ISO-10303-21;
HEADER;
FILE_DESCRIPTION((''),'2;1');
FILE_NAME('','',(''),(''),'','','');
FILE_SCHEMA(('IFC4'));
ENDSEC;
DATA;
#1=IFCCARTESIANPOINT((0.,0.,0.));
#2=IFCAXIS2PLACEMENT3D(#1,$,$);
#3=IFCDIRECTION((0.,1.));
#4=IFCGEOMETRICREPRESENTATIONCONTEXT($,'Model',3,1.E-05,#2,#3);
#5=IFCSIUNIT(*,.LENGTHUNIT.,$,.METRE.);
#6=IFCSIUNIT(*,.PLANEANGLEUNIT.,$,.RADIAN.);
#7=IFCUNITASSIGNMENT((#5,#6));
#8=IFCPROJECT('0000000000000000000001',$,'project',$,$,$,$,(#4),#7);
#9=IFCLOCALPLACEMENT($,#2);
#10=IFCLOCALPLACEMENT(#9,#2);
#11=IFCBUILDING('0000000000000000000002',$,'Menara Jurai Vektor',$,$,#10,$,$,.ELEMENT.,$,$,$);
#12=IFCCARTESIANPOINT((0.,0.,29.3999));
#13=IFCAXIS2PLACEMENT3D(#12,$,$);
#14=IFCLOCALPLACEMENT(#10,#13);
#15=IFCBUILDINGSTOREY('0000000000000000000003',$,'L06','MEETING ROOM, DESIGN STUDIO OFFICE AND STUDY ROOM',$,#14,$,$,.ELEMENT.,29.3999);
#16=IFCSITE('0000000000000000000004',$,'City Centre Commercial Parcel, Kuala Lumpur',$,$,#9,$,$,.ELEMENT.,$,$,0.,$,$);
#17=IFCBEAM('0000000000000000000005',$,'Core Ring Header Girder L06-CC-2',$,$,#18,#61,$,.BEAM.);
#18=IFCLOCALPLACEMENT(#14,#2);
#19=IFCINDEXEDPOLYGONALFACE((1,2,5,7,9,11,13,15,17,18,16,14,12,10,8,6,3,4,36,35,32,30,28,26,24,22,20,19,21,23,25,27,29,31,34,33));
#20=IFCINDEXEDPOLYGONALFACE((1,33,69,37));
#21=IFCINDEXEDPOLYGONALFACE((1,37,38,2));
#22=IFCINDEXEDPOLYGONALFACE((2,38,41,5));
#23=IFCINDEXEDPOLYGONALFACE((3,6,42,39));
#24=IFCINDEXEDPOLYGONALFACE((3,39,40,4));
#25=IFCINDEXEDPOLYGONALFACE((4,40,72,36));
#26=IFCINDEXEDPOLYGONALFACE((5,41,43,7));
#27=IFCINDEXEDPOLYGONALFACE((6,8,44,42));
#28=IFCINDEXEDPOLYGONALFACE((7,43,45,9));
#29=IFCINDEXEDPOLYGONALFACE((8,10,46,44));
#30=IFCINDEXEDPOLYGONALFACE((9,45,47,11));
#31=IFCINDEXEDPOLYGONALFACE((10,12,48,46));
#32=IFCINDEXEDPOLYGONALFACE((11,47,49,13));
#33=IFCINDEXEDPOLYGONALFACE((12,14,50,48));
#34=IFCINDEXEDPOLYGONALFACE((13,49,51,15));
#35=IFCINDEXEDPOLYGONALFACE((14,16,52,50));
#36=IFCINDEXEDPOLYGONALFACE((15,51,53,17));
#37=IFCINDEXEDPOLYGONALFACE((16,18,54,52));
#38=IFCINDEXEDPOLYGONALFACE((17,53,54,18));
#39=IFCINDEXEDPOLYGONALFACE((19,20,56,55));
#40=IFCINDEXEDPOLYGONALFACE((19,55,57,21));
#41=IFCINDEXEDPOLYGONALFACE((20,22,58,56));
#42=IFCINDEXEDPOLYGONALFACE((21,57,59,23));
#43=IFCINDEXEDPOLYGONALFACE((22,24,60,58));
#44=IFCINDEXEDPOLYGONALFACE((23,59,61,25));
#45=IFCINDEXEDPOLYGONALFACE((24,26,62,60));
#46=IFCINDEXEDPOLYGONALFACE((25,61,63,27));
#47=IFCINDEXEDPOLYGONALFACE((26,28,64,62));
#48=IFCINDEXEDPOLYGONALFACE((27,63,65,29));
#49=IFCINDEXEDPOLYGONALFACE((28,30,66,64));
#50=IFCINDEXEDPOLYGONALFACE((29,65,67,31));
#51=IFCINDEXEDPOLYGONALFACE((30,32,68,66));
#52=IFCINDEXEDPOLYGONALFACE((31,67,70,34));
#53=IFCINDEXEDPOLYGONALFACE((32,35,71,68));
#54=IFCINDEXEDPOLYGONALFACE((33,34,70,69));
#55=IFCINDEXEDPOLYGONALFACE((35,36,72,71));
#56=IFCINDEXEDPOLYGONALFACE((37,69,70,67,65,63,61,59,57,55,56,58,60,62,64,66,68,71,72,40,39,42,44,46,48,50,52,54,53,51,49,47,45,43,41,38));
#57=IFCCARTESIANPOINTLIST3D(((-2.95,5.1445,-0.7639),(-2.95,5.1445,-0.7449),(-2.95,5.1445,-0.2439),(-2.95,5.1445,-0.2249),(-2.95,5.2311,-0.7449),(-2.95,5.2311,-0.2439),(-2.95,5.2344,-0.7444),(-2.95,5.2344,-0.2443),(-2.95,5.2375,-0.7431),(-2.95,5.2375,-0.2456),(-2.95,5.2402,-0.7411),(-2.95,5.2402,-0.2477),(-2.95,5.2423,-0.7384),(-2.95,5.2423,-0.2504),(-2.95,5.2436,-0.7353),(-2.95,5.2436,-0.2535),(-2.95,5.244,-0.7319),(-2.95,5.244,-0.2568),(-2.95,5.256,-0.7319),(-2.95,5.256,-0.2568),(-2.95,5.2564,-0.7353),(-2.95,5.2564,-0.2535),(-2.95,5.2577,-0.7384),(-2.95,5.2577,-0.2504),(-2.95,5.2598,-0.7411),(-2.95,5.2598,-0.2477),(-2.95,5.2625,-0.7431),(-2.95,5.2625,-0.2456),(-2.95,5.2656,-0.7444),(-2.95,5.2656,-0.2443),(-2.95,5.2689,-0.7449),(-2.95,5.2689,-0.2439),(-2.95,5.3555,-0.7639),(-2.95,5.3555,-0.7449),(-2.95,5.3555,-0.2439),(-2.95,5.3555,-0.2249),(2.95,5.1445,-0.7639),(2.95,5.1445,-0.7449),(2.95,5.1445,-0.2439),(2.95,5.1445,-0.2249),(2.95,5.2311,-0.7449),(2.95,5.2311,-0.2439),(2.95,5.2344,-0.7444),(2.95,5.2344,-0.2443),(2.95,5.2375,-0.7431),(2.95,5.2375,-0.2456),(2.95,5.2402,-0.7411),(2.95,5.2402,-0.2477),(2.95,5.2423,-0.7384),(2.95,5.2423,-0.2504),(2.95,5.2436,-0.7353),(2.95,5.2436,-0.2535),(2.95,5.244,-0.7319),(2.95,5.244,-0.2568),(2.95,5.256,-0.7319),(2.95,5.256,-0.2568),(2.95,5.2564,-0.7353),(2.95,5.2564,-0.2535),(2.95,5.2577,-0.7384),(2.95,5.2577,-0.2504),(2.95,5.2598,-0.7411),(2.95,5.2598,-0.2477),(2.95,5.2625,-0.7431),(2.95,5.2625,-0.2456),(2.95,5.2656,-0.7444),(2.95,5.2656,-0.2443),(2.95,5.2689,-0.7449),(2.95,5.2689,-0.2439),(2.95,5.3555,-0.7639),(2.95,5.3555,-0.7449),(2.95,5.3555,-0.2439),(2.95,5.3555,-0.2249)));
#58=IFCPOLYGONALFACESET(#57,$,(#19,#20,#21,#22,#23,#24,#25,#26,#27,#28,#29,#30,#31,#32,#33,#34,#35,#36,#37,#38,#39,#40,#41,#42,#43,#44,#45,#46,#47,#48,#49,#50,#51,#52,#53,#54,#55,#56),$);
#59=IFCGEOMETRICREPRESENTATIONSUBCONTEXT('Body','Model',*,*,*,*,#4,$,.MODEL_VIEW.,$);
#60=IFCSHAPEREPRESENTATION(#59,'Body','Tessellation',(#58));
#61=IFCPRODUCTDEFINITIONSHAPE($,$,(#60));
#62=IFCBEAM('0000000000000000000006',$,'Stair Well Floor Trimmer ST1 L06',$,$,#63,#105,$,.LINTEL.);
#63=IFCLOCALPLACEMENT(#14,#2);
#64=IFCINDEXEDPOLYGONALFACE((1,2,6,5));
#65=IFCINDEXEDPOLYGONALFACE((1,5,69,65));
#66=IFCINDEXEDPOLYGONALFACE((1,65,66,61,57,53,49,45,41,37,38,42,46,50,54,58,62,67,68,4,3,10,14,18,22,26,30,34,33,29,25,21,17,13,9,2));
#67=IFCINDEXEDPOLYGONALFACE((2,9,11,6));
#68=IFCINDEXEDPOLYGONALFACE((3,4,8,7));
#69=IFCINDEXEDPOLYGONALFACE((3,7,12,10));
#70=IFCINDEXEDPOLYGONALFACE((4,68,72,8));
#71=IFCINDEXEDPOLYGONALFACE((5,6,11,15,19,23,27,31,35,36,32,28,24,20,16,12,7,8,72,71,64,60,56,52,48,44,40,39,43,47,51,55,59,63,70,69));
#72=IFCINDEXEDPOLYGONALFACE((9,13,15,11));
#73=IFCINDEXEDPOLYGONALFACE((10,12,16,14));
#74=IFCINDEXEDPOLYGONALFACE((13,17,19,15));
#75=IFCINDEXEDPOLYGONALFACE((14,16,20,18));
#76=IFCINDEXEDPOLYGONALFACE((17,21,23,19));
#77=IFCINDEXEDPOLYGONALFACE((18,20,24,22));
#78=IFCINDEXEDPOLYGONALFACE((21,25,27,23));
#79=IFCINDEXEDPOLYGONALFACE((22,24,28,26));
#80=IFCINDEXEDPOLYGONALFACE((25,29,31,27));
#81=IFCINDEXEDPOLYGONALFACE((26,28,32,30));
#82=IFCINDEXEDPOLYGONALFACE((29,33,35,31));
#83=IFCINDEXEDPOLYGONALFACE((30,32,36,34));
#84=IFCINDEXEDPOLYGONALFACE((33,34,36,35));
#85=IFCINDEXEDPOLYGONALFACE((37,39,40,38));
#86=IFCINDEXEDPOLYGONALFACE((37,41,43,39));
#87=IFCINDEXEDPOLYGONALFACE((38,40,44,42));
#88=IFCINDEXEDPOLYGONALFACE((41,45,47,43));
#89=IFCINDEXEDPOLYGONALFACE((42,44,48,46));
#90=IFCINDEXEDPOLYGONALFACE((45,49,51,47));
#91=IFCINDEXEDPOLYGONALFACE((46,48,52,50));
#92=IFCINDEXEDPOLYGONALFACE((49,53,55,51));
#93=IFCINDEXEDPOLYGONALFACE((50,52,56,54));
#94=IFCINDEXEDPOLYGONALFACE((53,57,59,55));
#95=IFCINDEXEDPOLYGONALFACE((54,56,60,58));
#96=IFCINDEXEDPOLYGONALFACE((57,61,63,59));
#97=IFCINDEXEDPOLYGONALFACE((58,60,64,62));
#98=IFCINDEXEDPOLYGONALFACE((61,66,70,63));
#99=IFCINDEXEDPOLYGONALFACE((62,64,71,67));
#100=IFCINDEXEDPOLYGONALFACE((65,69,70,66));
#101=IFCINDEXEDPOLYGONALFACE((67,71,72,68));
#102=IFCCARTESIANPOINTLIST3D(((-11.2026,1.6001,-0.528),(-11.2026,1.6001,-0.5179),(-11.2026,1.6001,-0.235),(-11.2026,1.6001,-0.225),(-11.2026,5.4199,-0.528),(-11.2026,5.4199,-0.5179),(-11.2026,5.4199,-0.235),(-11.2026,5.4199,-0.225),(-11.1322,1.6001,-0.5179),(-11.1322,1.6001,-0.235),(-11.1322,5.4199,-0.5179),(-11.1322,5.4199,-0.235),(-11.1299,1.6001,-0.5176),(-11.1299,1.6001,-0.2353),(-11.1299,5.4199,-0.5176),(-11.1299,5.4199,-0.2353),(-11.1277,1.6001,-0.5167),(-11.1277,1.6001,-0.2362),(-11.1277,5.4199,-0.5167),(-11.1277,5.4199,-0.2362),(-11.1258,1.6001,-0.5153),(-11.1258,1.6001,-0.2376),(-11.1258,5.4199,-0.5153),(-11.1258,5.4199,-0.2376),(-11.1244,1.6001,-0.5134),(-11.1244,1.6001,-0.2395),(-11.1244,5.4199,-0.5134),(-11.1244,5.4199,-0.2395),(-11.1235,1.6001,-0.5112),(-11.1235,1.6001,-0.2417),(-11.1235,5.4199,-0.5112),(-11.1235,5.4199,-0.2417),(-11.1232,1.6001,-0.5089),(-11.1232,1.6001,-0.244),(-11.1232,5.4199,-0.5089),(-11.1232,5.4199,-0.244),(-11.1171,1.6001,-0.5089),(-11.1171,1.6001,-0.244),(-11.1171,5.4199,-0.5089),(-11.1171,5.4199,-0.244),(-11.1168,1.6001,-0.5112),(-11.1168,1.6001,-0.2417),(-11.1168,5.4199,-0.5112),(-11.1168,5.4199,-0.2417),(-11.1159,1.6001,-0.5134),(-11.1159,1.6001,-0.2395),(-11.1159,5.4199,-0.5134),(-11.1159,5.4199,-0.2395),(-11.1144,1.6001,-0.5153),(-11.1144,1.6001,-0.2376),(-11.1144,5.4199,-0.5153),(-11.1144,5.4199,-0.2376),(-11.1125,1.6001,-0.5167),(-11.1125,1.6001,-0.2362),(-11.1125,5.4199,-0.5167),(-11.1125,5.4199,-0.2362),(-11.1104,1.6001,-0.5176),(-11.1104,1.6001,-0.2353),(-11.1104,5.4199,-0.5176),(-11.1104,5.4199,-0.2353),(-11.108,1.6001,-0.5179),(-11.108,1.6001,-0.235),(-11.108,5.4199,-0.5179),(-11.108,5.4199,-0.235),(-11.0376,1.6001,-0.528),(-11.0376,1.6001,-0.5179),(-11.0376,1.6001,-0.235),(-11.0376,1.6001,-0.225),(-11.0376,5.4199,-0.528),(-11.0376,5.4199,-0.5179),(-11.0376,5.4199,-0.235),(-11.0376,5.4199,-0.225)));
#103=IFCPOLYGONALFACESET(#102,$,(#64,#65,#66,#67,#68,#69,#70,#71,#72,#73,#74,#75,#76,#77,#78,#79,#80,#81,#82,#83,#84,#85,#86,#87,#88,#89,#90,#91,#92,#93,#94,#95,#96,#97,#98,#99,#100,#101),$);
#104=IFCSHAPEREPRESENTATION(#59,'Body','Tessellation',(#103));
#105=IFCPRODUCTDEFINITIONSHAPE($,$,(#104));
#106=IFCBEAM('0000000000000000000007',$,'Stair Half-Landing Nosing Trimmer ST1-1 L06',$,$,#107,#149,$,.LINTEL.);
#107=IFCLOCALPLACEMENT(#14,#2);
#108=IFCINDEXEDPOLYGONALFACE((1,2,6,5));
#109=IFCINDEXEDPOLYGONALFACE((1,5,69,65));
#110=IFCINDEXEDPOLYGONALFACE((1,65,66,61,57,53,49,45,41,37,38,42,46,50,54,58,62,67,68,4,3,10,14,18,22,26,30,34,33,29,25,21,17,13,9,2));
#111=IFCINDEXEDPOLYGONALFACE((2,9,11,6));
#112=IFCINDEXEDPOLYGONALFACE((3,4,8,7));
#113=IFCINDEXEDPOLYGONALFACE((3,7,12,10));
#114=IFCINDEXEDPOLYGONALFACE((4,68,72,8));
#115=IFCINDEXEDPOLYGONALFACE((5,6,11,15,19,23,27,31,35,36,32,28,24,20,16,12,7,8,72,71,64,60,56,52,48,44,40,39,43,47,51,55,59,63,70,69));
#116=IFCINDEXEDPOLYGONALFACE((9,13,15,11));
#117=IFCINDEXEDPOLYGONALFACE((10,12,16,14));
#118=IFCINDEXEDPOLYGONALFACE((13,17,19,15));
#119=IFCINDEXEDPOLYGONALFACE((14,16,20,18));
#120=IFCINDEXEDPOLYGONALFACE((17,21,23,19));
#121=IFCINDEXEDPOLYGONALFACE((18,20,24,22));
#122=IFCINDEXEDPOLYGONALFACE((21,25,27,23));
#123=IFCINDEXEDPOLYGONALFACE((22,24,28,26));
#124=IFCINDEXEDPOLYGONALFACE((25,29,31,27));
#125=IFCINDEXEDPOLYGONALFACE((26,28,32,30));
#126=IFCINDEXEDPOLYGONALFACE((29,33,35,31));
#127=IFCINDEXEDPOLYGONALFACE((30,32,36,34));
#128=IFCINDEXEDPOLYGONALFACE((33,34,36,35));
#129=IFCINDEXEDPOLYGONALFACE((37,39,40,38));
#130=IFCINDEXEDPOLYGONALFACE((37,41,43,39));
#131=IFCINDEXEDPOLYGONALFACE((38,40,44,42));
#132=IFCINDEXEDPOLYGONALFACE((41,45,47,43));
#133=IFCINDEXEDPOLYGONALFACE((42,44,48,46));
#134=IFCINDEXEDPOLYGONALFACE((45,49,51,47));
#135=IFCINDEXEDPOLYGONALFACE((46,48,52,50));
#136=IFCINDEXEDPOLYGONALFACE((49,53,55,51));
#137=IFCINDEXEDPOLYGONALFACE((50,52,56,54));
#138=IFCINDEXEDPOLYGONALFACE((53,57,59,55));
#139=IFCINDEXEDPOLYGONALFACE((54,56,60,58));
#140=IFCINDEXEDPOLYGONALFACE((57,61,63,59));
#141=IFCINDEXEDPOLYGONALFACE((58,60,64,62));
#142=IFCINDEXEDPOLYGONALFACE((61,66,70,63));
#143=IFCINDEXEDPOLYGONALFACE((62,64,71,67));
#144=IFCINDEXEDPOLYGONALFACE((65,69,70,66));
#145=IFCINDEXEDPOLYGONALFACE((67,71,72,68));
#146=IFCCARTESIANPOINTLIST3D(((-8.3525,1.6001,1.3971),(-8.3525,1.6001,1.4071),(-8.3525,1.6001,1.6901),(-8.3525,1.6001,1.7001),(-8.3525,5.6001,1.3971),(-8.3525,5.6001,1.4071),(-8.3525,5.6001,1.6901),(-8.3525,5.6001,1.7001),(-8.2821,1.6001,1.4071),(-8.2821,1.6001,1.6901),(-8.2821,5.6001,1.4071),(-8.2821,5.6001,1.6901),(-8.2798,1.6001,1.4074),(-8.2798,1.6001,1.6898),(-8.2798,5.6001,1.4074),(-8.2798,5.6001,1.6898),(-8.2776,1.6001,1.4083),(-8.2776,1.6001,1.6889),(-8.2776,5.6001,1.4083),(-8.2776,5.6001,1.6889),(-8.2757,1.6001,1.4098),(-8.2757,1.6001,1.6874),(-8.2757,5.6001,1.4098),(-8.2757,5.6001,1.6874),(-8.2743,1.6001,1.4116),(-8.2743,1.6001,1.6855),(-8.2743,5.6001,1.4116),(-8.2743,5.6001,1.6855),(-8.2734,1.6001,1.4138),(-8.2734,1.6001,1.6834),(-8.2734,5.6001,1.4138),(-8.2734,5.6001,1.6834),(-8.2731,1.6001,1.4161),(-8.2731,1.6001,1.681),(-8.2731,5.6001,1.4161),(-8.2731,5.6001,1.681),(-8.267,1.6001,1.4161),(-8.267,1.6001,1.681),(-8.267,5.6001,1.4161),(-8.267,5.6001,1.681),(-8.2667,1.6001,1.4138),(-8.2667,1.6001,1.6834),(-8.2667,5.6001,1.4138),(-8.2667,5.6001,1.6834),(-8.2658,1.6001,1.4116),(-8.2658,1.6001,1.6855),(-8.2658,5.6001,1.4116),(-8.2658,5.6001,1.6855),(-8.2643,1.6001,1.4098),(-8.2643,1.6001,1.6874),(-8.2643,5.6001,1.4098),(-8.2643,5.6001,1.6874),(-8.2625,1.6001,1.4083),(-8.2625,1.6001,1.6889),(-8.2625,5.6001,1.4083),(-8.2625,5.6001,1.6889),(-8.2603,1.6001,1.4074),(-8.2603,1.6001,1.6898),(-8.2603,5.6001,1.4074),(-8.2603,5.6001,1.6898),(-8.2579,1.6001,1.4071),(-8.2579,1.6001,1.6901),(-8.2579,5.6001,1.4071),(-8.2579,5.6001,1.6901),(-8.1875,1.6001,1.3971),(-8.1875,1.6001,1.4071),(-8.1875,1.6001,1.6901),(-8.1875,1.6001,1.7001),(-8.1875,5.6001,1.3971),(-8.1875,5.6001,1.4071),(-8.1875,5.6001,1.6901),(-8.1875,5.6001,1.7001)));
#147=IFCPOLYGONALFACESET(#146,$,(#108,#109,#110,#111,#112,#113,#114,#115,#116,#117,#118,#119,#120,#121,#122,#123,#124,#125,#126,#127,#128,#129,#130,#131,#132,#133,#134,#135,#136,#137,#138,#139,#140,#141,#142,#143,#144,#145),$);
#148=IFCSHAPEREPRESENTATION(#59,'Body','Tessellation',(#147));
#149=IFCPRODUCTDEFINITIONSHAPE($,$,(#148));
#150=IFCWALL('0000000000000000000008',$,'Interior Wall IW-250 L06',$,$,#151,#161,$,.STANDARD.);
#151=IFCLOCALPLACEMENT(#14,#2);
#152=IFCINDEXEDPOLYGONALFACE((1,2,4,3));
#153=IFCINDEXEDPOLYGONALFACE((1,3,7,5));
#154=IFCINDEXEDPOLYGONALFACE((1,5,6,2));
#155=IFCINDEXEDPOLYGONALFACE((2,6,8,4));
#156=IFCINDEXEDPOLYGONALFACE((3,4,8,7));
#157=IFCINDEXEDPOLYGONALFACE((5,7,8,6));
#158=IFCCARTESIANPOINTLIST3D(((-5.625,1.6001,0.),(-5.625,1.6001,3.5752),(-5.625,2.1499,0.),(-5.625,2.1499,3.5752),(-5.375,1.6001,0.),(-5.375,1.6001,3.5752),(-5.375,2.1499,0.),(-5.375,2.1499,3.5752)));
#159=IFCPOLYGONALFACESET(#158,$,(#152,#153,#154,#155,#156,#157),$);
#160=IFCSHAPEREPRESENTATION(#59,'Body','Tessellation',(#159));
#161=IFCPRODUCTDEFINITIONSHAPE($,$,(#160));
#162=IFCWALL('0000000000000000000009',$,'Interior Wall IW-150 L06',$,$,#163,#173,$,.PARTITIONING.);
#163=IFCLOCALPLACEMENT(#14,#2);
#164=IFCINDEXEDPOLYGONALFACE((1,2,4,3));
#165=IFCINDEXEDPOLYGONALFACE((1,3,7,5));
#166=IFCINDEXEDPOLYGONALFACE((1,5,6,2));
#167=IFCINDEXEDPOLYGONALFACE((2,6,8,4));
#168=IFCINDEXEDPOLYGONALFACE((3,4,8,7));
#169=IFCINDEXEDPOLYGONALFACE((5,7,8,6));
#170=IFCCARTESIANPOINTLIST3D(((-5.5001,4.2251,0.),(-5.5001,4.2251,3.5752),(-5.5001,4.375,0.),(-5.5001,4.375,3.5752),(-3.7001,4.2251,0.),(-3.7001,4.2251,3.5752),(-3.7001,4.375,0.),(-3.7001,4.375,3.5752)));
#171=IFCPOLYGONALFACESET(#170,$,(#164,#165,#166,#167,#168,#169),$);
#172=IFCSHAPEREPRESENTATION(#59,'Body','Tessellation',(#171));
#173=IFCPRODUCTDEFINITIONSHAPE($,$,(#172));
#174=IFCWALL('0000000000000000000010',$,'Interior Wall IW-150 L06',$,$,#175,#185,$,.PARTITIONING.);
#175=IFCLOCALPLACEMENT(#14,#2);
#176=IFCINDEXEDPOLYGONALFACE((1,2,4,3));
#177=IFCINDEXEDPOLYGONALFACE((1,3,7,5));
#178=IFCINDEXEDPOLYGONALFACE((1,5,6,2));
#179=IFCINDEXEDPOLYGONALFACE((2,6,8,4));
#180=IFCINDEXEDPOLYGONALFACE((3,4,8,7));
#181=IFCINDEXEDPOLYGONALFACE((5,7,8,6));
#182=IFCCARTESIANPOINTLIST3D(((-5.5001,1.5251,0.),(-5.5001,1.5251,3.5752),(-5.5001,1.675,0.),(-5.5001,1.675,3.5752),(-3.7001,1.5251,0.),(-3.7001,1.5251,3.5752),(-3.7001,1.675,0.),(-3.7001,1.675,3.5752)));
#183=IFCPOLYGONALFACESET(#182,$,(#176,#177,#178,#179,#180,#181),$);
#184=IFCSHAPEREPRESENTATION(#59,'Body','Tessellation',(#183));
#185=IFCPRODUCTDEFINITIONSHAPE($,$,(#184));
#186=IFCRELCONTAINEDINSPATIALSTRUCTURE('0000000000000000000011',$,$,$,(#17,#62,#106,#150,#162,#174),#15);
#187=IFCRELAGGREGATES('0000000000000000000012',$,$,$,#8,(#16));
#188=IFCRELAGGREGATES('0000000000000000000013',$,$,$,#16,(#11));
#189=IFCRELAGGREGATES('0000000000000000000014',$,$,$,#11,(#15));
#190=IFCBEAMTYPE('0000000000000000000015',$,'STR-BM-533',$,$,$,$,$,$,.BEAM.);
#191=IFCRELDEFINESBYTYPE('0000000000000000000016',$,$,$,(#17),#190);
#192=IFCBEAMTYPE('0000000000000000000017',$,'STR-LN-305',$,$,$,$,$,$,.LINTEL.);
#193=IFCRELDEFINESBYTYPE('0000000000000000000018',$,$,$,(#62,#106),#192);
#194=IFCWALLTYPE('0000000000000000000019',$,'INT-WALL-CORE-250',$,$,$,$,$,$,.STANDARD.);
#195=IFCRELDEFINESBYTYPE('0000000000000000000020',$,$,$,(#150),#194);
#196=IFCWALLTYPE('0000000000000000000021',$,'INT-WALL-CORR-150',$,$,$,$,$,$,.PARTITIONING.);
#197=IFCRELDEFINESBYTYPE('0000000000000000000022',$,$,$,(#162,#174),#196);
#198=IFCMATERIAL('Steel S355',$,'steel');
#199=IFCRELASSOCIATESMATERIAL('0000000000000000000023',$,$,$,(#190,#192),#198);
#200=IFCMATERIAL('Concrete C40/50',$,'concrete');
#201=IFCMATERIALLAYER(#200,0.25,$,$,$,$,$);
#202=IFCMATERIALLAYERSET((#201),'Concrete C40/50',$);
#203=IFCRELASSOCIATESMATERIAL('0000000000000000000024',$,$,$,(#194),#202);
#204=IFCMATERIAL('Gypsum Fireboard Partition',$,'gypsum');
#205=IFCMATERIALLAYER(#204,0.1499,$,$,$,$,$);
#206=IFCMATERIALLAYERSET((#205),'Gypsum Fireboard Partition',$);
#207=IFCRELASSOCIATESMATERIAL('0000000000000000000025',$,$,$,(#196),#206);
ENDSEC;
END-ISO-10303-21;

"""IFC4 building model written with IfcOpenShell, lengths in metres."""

from ifc_helpers import new_model, si_unit, direction, frame, frame_2d, origin, origin_2d, place, context, subcontext, project, spatial, rectangle, i_section, extrude, material, layer, layer_set, material_profile, profile_set, type_object, element, save


model = new_model("IFC4")

# Units and contexts
model_context = context("Model", 3, precision=1e-05, world=origin(), true_north=direction((0.0, 1.0)))
body_context = subcontext(model_context, "Body", "Model", "MODEL_VIEW")
ifc_project = project(units=[si_unit("LENGTHUNIT", "METRE"), si_unit("PLANEANGLEUNIT", "RADIAN")], contexts=[model_context])

# Site, building, storey
site_placement = place(None, origin())
site = spatial("IfcSite", under=ifc_project, at=site_placement, Name="City Centre Commercial Parcel, Kuala Lumpur", CompositionType="ELEMENT", RefElevation=0.0)
building_placement = place(site_placement, origin())
building = spatial("IfcBuilding", under=site, at=building_placement, Name="Menara Jurai Vektor", CompositionType="ELEMENT")
storey_placement = place(building_placement, frame((0.0, 0.0, 29.3999)))
storey = spatial("IfcBuildingStorey", under=building, at=storey_placement, Name="L06", Description="MEETING ROOM, DESIGN STUDIO OFFICE AND STUDY ROOM", CompositionType="ELEMENT", Elevation=29.3999)

# Shared definitions
ifc_material_1 = material(Name="Steel S355", Category="steel")

# Beams
ifc_material_profile_1 = material_profile(ifc_material_1, i_section(OverallWidth=0.2109, OverallDepth=0.5391, WebThickness=0.012, FlangeThickness=0.019, FilletRadius=0.0129, at=origin_2d()), Name="UKB 533x210x109")
ifc_profile_set_1 = profile_set([ifc_material_profile_1], Name="Steel S355")
beam_type_1 = type_object("IfcBeamType", Name="STR-BM-533", PredefinedType="BEAM", material=ifc_profile_set_1)
beam_1_placement = place(storey_placement, frame((-2.95, 5.25, -0.4944), z_axis=(1.0, 0.0, 0.0), x_axis=(0.0, 1.0, 0.0)))
element("IfcBeam", 1, at=beam_1_placement, inside=storey, type_object=beam_type_1, Name="Core Ring Header Girder L06-CC-2", PredefinedType="BEAM", context=body_context, shape_type="SweptSolid", body=[
    extrude(i_section(OverallWidth=0.2109, OverallDepth=0.5391, WebThickness=0.012, FlangeThickness=0.019, FilletRadius=0.0129, at=origin_2d()), origin(), (0.0, 0.0, 1.0), 5.8999),
])
ifc_material_profile_2 = material_profile(ifc_material_1, i_section(OverallWidth=0.165, OverallDepth=0.303, WebThickness=0.0061, FlangeThickness=0.01, FilletRadius=0.009, at=origin_2d()), Name="UKB 305x165x40")
ifc_profile_set_2 = profile_set([ifc_material_profile_2], Name="Steel S355")
beam_type_2 = type_object("IfcBeamType", Name="STR-LN-305", PredefinedType="LINTEL", material=ifc_profile_set_2)
beam_2_placement = place(storey_placement, frame((-11.1201, 1.6001, -0.3765), z_axis=(0.0, 1.0, 0.0), x_axis=(-1.0, 0.0, 0.0)))
element("IfcBeam", 2, at=beam_2_placement, inside=storey, type_object=beam_type_2, Name="Stair Well Floor Trimmer ST1 L06", PredefinedType="LINTEL", context=body_context, shape_type="SweptSolid", body=[
    extrude(i_section(OverallWidth=0.165, OverallDepth=0.303, WebThickness=0.0061, FlangeThickness=0.01, FilletRadius=0.009, at=origin_2d()), origin(), (0.0, 0.0, 1.0), 3.8198),
])
beam_3_placement = place(storey_placement, frame((-8.27, 1.6001, 1.5486), z_axis=(0.0, 1.0, 0.0), x_axis=(-1.0, 0.0, 0.0)))
element("IfcBeam", 3, at=beam_3_placement, inside=storey, type_object=beam_type_2, Name="Stair Half-Landing Nosing Trimmer ST1-1 L06", PredefinedType="LINTEL", context=body_context, shape_type="SweptSolid", body=[
    extrude(i_section(OverallWidth=0.165, OverallDepth=0.303, WebThickness=0.0061, FlangeThickness=0.01, FilletRadius=0.009, at=origin_2d()), origin(), (0.0, 0.0, 1.0), 4.0),
])

# Shared definitions
ifc_material_2 = material(Name="Concrete C40/50", Category="concrete")
ifc_layer_1 = layer(ifc_material_2, 0.25)
ifc_layer_set_1 = layer_set([ifc_layer_1], Name="Concrete C40/50")
wall_type_1 = type_object("IfcWallType", Name="INT-WALL-CORE-250", PredefinedType="STANDARD", material=ifc_layer_set_1)

# Walls
wall_1_placement = place(storey_placement, frame((-5.5, 1.6001, 0.0), z_axis=(0.0, 0.0, 1.0), x_axis=(0.0, 1.0, 0.0)))
element("IfcWall", 4, at=wall_1_placement, inside=storey, type_object=wall_type_1, Name="Interior Wall IW-250 L06", PredefinedType="STANDARD", context=body_context, shape_type="SweptSolid", body=[
    extrude(rectangle(XDim=0.5498, YDim=0.25, at=frame_2d((0.2749, 0.0))), origin(), (0.0, 0.0, 1.0), 3.5752),
])
ifc_material_3 = material(Name="Gypsum Fireboard Partition", Category="gypsum")
ifc_layer_2 = layer(ifc_material_3, 0.1499)
ifc_layer_set_2 = layer_set([ifc_layer_2], Name="Gypsum Fireboard Partition")
wall_type_2 = type_object("IfcWallType", Name="INT-WALL-CORR-150", PredefinedType="PARTITIONING", material=ifc_layer_set_2)
for number, where, z_axis, x_axis, name in (
    (5, (-5.5, 4.3, 0.0), (0.0, 0.0, 1.0), (1.0, 0.0, 0.0), "Interior Wall IW-150 L06"),
    (6, (-5.5, 1.6001, 0.0), (0.0, 0.0, 1.0), (1.0, 0.0, 0.0), "Interior Wall IW-150 L06"),
):
    element("IfcWall", number, at=place(storey_placement, frame(where, z_axis=z_axis, x_axis=x_axis)), inside=storey, type_object=wall_type_2, Name=name, PredefinedType="PARTITIONING", context=body_context, shape_type="SweptSolid", body=[
        extrude(rectangle(XDim=1.8, YDim=0.1499, at=frame_2d((0.8999, 0.0))), origin(), (0.0, 0.0, 1.0), 3.5752),
    ])

save(model, "model.ifc")
